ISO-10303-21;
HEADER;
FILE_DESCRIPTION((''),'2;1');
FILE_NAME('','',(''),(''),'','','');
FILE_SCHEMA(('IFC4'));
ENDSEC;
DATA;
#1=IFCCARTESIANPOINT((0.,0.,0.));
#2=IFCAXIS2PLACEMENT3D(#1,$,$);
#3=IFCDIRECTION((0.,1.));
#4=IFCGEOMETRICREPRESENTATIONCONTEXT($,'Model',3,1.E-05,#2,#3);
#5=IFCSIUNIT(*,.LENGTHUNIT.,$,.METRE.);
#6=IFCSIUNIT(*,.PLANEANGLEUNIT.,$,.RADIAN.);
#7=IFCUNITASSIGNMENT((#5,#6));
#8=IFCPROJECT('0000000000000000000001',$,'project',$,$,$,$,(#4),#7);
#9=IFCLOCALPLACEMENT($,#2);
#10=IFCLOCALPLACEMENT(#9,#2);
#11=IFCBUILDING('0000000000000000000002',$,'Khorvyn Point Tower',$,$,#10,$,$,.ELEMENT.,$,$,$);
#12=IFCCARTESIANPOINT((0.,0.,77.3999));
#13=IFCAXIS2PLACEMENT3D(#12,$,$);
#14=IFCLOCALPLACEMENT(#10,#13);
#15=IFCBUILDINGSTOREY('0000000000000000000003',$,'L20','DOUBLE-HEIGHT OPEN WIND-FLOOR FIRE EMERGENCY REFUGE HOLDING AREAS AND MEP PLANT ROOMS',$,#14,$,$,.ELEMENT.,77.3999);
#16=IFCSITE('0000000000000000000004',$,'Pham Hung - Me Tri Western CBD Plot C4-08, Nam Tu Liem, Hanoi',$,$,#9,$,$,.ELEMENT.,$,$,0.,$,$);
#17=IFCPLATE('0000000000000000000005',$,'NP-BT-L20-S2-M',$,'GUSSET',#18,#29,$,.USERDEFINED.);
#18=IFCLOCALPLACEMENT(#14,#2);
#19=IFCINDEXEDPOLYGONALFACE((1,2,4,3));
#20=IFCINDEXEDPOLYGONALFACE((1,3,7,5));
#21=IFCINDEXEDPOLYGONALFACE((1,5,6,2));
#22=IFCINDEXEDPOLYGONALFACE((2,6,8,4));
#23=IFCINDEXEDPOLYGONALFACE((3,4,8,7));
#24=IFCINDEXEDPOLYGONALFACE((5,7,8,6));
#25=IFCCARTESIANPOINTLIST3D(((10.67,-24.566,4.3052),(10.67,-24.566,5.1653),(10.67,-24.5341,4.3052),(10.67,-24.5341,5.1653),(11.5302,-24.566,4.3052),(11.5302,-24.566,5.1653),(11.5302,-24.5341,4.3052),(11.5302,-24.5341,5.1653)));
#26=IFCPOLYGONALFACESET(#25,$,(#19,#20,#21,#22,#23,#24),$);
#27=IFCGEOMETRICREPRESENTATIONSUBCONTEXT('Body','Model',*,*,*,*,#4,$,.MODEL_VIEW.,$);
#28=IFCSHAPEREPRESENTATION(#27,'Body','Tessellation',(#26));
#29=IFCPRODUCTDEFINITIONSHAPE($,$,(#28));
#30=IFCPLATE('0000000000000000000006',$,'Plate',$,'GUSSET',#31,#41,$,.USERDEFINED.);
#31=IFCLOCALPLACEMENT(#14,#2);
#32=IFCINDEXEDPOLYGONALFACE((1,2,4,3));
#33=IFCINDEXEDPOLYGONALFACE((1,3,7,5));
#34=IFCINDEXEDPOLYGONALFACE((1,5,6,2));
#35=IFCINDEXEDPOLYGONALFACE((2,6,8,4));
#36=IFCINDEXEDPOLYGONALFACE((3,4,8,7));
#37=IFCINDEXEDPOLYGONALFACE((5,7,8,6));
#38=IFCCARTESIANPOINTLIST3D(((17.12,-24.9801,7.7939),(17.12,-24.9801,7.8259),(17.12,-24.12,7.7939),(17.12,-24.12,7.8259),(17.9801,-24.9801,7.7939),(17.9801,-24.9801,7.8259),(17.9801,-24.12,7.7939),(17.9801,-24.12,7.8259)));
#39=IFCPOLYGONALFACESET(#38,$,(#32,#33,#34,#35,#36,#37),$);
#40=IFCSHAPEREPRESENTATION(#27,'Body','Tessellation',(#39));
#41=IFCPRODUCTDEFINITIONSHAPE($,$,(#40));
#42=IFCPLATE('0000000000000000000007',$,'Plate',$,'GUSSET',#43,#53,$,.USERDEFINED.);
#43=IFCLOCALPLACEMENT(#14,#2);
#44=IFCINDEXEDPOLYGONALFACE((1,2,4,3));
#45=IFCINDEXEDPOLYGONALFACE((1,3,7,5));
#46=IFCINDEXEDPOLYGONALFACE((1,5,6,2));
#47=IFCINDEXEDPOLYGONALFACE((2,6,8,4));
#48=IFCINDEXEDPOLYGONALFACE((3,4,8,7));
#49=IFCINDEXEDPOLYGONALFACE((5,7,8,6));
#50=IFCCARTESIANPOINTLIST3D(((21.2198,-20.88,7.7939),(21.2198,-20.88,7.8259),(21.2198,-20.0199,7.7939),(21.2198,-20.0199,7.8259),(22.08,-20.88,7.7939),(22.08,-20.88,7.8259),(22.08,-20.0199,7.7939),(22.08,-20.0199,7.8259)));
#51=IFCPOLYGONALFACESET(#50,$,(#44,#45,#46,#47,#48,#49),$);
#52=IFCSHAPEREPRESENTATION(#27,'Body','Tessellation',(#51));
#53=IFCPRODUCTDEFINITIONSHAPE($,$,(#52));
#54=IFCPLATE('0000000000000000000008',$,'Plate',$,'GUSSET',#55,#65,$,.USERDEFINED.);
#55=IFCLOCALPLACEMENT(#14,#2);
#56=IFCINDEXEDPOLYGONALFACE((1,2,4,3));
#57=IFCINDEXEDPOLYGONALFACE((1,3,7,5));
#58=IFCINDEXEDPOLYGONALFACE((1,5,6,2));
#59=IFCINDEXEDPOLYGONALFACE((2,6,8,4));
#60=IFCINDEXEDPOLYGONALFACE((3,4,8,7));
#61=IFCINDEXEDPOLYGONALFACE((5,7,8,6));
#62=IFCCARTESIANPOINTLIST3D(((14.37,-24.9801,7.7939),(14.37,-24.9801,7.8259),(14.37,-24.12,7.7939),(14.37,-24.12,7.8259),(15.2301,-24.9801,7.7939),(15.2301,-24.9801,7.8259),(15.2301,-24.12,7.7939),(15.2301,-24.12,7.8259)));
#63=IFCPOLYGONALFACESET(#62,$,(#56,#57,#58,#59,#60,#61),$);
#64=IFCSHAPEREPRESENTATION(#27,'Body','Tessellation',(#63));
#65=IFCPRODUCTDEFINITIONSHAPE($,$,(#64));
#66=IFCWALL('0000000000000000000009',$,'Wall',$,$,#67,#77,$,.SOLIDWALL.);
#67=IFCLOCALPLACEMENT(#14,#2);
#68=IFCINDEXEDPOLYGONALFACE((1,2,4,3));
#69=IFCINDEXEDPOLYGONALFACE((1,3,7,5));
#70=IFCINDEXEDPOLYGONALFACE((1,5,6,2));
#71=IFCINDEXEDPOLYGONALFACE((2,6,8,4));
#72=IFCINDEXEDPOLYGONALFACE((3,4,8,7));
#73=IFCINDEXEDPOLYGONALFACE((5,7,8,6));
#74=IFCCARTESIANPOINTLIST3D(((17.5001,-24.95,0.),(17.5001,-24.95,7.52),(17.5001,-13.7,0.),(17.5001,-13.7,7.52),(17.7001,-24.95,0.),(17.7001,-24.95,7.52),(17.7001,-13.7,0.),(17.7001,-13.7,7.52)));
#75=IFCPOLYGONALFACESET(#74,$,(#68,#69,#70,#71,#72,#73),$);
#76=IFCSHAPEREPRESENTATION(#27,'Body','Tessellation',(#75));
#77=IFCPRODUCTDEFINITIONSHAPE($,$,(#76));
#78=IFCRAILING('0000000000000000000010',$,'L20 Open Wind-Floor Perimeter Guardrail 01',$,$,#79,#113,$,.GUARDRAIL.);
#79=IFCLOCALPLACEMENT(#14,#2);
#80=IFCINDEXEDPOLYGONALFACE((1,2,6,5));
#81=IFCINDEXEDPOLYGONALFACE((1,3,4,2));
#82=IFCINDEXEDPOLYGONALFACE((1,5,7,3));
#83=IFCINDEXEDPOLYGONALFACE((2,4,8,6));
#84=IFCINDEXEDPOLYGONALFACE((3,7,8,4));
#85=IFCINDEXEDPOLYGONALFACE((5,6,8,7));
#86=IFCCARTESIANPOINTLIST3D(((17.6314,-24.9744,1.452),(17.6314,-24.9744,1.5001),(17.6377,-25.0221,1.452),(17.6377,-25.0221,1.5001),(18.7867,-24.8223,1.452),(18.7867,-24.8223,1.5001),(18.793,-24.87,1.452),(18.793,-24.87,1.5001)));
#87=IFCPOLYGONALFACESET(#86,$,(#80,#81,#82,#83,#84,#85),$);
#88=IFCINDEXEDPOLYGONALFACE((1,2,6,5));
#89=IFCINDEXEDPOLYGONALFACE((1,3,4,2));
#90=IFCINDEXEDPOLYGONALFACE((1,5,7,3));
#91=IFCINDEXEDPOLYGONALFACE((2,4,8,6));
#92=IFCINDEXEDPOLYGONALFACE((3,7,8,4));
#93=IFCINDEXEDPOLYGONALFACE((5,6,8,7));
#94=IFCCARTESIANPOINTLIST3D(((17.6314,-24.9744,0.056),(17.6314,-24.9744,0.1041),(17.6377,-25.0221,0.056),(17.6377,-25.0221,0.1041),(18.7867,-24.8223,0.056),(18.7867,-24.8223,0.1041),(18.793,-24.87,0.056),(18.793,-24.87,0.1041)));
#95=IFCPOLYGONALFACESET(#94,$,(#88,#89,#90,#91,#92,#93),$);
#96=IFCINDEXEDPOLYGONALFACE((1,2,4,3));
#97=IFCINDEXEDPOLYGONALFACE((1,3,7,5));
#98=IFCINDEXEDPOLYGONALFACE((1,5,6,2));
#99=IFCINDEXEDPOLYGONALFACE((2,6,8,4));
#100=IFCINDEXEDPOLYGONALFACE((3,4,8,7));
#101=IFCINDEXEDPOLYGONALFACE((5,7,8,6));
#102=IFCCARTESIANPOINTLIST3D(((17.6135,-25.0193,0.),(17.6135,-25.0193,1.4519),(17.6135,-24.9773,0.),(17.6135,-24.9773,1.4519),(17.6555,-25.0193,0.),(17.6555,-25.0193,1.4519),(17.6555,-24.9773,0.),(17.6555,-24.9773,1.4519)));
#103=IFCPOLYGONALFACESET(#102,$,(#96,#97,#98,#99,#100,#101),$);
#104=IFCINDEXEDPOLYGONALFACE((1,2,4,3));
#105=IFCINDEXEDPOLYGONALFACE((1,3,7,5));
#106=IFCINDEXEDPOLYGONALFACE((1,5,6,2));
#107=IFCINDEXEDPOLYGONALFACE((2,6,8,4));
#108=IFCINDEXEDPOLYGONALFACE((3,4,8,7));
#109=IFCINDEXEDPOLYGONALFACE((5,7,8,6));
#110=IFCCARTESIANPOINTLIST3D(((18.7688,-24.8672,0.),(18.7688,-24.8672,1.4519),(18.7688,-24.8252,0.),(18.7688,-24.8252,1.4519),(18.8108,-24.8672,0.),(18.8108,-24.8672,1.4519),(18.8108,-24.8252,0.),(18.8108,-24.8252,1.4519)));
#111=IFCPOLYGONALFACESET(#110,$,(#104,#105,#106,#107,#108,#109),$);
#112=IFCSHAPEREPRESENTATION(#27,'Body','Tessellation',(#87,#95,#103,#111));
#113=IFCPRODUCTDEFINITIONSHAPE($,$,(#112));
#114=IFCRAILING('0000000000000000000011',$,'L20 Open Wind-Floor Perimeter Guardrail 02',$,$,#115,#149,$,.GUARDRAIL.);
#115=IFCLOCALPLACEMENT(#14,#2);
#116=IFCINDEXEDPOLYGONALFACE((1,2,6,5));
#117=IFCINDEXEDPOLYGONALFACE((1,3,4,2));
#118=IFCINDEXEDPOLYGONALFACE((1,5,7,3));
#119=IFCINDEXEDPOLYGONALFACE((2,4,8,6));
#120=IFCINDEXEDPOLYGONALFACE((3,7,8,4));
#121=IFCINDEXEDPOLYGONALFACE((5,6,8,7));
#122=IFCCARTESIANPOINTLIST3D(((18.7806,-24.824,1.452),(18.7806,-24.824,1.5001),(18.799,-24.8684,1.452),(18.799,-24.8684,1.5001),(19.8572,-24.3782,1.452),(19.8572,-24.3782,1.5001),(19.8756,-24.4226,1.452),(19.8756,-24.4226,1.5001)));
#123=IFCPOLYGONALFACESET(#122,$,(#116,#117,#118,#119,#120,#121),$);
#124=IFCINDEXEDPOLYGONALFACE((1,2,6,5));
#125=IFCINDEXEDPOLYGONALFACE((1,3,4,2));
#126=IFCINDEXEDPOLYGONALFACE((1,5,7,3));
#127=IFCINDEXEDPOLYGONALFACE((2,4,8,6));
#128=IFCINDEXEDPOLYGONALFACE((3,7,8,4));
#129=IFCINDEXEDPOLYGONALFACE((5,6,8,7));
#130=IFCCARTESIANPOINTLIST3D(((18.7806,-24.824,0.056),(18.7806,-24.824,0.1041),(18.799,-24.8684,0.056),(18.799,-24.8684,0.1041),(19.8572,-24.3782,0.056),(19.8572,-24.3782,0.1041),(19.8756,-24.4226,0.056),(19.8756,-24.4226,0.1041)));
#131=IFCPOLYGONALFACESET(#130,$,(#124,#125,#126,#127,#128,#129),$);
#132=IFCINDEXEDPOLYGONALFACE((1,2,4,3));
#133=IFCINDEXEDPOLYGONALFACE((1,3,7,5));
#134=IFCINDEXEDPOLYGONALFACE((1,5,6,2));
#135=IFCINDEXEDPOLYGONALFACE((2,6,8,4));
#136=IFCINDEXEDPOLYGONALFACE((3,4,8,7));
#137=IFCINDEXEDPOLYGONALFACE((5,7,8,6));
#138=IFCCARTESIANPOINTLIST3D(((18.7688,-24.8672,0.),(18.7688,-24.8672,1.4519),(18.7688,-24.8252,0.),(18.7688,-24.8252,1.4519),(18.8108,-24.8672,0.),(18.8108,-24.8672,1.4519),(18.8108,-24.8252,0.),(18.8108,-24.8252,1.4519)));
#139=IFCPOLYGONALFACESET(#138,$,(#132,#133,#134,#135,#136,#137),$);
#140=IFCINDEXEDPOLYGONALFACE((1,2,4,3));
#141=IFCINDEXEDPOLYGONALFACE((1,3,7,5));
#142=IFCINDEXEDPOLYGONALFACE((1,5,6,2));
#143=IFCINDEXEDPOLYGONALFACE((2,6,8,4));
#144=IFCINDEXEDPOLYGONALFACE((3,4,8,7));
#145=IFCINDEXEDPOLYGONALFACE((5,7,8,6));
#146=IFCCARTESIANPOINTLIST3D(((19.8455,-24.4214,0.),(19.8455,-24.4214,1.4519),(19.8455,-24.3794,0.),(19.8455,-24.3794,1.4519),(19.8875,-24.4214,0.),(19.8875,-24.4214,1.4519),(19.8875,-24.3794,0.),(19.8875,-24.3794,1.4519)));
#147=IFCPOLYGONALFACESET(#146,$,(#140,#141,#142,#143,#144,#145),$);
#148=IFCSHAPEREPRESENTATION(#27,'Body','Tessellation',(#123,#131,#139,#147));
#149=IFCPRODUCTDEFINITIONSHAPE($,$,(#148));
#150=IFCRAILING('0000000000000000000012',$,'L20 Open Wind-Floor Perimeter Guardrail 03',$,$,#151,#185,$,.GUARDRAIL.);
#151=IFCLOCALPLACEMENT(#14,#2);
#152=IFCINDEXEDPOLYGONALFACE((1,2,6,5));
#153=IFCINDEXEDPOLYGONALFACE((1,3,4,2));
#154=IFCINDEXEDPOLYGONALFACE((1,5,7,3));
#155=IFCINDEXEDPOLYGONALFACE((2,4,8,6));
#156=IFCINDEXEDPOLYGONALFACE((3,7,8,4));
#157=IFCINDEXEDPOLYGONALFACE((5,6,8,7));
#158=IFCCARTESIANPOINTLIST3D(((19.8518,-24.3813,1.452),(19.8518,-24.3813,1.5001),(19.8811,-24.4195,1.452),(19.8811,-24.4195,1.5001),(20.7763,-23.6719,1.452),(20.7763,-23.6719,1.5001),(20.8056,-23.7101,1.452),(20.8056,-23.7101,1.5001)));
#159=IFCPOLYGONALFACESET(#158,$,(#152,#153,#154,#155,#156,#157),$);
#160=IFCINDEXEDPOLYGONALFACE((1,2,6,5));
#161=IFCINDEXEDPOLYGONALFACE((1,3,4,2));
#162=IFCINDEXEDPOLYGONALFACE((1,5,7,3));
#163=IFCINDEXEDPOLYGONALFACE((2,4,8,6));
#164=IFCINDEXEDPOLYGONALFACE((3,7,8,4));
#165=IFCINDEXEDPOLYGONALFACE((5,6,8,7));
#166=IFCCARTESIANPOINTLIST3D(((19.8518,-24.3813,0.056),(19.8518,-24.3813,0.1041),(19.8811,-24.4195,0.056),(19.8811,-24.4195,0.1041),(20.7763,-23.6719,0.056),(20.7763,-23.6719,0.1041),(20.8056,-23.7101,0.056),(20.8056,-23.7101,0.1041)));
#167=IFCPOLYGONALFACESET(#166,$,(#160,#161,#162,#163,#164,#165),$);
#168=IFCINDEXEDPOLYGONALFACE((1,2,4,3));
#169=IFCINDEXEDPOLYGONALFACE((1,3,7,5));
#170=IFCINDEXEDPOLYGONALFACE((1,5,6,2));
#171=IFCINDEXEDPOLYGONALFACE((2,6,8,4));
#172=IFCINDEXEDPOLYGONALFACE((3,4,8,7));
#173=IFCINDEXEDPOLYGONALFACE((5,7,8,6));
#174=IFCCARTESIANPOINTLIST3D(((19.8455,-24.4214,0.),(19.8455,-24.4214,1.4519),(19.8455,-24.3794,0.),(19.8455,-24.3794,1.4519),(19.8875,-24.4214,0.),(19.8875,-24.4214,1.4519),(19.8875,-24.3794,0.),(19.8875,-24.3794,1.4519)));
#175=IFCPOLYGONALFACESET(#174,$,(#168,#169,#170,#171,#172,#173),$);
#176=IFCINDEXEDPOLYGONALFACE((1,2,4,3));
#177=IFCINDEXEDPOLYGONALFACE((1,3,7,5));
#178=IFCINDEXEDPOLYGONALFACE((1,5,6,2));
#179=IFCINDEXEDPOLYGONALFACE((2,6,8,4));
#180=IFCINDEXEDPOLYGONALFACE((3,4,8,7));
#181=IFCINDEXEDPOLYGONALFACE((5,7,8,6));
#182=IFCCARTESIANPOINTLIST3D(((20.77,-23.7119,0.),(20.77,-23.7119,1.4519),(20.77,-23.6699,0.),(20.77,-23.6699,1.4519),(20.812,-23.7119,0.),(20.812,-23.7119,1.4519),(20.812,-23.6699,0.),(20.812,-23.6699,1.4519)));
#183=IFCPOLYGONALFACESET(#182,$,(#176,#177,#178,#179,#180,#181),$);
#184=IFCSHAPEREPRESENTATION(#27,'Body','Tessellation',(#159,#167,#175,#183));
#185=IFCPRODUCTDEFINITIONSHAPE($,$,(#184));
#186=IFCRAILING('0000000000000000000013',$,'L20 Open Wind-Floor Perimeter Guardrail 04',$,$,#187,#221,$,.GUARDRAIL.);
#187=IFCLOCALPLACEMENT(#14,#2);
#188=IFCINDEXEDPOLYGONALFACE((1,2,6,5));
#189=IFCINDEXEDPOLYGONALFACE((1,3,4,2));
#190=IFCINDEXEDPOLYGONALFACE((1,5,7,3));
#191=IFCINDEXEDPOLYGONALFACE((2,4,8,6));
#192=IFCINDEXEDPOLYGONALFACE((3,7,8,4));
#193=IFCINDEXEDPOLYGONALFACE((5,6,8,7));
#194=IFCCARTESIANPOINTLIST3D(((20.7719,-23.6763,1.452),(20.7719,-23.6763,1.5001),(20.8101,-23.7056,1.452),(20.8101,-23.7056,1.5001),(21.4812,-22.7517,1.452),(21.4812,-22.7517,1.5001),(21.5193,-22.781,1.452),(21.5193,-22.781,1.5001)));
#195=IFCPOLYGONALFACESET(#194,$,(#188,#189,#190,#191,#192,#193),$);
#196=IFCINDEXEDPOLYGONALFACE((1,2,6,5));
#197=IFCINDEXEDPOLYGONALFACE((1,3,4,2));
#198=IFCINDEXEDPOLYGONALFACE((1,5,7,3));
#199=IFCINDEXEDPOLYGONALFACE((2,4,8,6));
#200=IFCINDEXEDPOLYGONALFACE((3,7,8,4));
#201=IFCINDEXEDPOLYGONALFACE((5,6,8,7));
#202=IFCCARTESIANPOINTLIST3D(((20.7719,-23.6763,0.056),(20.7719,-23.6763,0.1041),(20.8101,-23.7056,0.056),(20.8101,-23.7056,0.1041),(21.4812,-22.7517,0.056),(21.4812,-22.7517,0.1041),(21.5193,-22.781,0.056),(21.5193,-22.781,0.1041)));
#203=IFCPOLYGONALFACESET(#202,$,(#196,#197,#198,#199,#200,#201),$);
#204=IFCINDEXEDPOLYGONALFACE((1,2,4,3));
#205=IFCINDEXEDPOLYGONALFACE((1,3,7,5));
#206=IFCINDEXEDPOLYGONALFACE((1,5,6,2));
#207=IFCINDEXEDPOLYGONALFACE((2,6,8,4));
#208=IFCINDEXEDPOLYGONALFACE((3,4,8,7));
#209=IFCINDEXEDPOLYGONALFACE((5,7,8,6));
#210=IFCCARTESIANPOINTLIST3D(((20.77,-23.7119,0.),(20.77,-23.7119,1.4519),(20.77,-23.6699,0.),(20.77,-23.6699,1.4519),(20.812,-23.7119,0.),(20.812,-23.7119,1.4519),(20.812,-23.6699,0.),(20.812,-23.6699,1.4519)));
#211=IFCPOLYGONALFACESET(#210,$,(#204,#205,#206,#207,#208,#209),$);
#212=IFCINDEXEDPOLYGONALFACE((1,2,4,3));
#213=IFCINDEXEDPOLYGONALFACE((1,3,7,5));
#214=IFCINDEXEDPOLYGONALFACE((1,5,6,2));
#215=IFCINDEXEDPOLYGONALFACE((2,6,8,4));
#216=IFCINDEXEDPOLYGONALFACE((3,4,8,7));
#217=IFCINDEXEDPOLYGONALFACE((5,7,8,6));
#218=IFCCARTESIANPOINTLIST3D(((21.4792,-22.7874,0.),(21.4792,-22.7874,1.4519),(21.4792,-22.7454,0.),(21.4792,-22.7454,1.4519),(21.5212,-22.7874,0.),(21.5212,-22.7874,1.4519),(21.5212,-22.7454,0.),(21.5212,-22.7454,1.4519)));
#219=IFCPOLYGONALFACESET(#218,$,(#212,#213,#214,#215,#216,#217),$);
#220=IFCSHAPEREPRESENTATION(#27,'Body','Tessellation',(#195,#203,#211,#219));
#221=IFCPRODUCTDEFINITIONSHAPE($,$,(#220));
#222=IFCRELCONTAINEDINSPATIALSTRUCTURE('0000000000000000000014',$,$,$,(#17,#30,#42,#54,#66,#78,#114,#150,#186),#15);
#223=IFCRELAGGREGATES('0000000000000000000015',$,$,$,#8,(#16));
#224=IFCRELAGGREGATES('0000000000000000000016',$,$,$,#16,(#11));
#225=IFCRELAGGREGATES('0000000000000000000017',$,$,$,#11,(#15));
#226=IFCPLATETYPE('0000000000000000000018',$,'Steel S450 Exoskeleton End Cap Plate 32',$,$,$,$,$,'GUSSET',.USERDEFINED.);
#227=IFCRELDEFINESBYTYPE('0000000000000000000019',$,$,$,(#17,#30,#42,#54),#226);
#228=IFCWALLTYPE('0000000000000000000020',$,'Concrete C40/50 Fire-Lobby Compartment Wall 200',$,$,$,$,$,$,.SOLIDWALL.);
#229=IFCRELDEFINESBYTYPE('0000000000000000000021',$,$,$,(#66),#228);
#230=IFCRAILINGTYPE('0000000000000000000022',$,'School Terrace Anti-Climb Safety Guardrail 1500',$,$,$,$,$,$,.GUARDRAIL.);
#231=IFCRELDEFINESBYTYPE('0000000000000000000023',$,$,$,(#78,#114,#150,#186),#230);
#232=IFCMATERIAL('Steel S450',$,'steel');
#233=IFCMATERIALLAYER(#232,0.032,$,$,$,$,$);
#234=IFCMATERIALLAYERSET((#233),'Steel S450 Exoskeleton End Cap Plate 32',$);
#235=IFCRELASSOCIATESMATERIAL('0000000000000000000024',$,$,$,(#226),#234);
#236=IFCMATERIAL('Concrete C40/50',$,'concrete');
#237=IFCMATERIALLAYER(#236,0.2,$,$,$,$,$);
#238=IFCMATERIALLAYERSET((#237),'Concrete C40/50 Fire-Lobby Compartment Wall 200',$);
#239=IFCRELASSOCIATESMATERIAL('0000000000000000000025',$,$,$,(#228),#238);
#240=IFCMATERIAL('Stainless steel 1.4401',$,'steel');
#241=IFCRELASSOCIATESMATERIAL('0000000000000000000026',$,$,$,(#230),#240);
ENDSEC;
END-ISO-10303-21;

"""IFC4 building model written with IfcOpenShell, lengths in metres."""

from ifc_helpers import new_model, si_unit, direction, frame, frame_2d, origin, origin_2d, place, context, subcontext, project, spatial, rectangle, extrude, material, layer, layer_set, type_object, element, save


model = new_model("IFC4")

# Units and contexts
model_context = context("Model", 3, precision=1e-05, world=origin(), true_north=direction((0.0, 1.0)))
body_context = subcontext(model_context, "Body", "Model", "MODEL_VIEW")
ifc_project = project(units=[si_unit("LENGTHUNIT", "METRE"), si_unit("PLANEANGLEUNIT", "RADIAN")], contexts=[model_context])

# Site, building, storey
site_placement = place(None, origin())
site = spatial("IfcSite", under=ifc_project, at=site_placement, Name="Pham Hung - Me Tri Western CBD Plot C4-08, Nam Tu Liem, Hanoi", CompositionType="ELEMENT", RefElevation=0.0)
building_placement = place(site_placement, origin())
building = spatial("IfcBuilding", under=site, at=building_placement, Name="Khorvyn Point Tower", CompositionType="ELEMENT")
storey_placement = place(building_placement, frame((0.0, 0.0, 77.3999)))
storey = spatial("IfcBuildingStorey", under=building, at=storey_placement, Name="L20", Description="DOUBLE-HEIGHT OPEN WIND-FLOOR FIRE EMERGENCY REFUGE HOLDING AREAS AND MEP PLANT ROOMS", CompositionType="ELEMENT", Elevation=77.3999)

# Shared definitions
ifc_material_1 = material(Name="Steel S450", Category="steel")

# Plates
ifc_layer_1 = layer(ifc_material_1, 0.032)
ifc_layer_set_1 = layer_set([ifc_layer_1], Name="Steel S450 Exoskeleton End Cap Plate 32")
plate_type = type_object("IfcPlateType", Name="Steel S450 Exoskeleton End Cap Plate 32", ElementType="GUSSET", PredefinedType="USERDEFINED", material=ifc_layer_set_1)
plate_placement = place(storey_placement, frame((11.1001, -24.55, 4.3052), z_axis=(0.0, 0.0, 1.0), x_axis=(1.0, 0.0, 0.0)))
element("IfcPlate", 1, at=plate_placement, inside=storey, type_object=plate_type, Name="NP-BT-L20-S2-M", ObjectType="GUSSET", PredefinedType="USERDEFINED", context=body_context, shape_type="SweptSolid", body=[
    extrude(rectangle(XDim=0.8601, YDim=0.032, at=origin_2d()), origin(), (0.0, 0.0, 1.0), 0.8601),
])
for number, where, z_axis, x_axis, name in (
    (2, (17.55, -24.55, 7.7939), (0.0, 0.0, 1.0), (1.0, 0.0, 0.0), "Plate"),
    (3, (21.6499, -20.45, 7.7939), (0.0, 0.0, 1.0), (1.0, 0.0, 0.0), "Plate"),
    (4, (14.8, -24.55, 7.7939), (0.0, 0.0, 1.0), (1.0, 0.0, 0.0), "Plate"),
):
    element("IfcPlate", number, at=place(storey_placement, frame(where, z_axis=z_axis, x_axis=x_axis)), inside=storey, type_object=plate_type, Name=name, ObjectType="GUSSET", PredefinedType="USERDEFINED", context=body_context, shape_type="SweptSolid", body=[
        extrude(rectangle(XDim=0.8601, YDim=0.8601, at=origin_2d()), origin(), (0.0, 0.0, 1.0), 0.032),
    ])

# Wall
ifc_material_2 = material(Name="Concrete C40/50", Category="concrete")
ifc_layer_2 = layer(ifc_material_2, 0.2)
ifc_layer_set_2 = layer_set([ifc_layer_2], Name="Concrete C40/50 Fire-Lobby Compartment Wall 200")
wall_type = type_object("IfcWallType", Name="Concrete C40/50 Fire-Lobby Compartment Wall 200", PredefinedType="SOLIDWALL", material=ifc_layer_set_2)
wall_placement = place(storey_placement, frame((17.6001, -24.95, 0.0), z_axis=(0.0, 0.0, 1.0), x_axis=(0.0, 1.0, 0.0)))
element("IfcWall", 5, at=wall_placement, inside=storey, type_object=wall_type, Name="Wall", PredefinedType="SOLIDWALL", context=body_context, shape_type="SweptSolid", body=[
    extrude(rectangle(XDim=11.25, YDim=0.2, at=frame_2d((5.625, 0.0))), origin(), (0.0, 0.0, 1.0), 7.52),
])

# Railings
ifc_material_3 = material(Name="Stainless steel 1.4401", Category="steel")
railing_type = type_object("IfcRailingType", Name="School Terrace Anti-Climb Safety Guardrail 1500", PredefinedType="GUARDRAIL", material=ifc_material_3)
railing_1_placement = place(storey_placement, frame((17.6345, -24.9983, 0.0)))
element("IfcRailing", 6, at=railing_1_placement, inside=storey, type_object=railing_type, Name="L20 Open Wind-Floor Perimeter Guardrail 01", PredefinedType="GUARDRAIL", context=body_context, shape_type="SweptSolid", body=[
    extrude(rectangle(XDim=0.0481, YDim=0.0481, at=origin_2d()), frame((0.0, 0.0, 1.4761), z_axis=(0.991444, 0.13053, 0.0), x_axis=(-0.13053, 0.991444, 0.0)), (0.0, 0.0, 1.0), 1.1653),
    extrude(rectangle(XDim=0.0481, YDim=0.0481, at=origin_2d()), frame((0.0, 0.0, 0.0801), z_axis=(0.991444, 0.13053, 0.0), x_axis=(-0.13053, 0.991444, 0.0)), (0.0, 0.0, 1.0), 1.1653),
    extrude(rectangle(XDim=0.042, YDim=0.042, at=origin_2d()), origin(), (0.0, 0.0, 1.0), 1.4519),
    extrude(rectangle(XDim=0.042, YDim=0.042, at=origin_2d()), frame((1.1553, 0.1521, 0.0)), (0.0, 0.0, 1.0), 1.4519),
])
railing_2_placement = place(storey_placement, frame((18.7898, -24.8462, 0.0)))
element("IfcRailing", 7, at=railing_2_placement, inside=storey, type_object=railing_type, Name="L20 Open Wind-Floor Perimeter Guardrail 02", PredefinedType="GUARDRAIL", context=body_context, shape_type="SweptSolid", body=[
    extrude(rectangle(XDim=0.0481, YDim=0.0481, at=origin_2d()), frame((0.0, 0.0, 1.4761), z_axis=(0.92393, 0.382562, 0.0), x_axis=(-0.382562, 0.92393, 0.0)), (0.0, 0.0, 1.0), 1.1653),
    extrude(rectangle(XDim=0.0481, YDim=0.0481, at=origin_2d()), frame((0.0, 0.0, 0.0801), z_axis=(0.92393, 0.382562, 0.0), x_axis=(-0.382562, 0.92393, 0.0)), (0.0, 0.0, 1.0), 1.1653),
    extrude(rectangle(XDim=0.042, YDim=0.042, at=origin_2d()), origin(), (0.0, 0.0, 1.0), 1.4519),
    extrude(rectangle(XDim=0.042, YDim=0.042, at=origin_2d()), frame((1.0767, 0.4458, 0.0)), (0.0, 0.0, 1.0), 1.4519),
])
railing_3_placement = place(storey_placement, frame((19.8665, -24.4004, 0.0)))
element("IfcRailing", 8, at=railing_3_placement, inside=storey, type_object=railing_type, Name="L20 Open Wind-Floor Perimeter Guardrail 03", PredefinedType="GUARDRAIL", context=body_context, shape_type="SweptSolid", body=[
    extrude(rectangle(XDim=0.0481, YDim=0.0481, at=origin_2d()), frame((0.0, 0.0, 1.4761), z_axis=(0.79334, 0.608779, 0.0), x_axis=(-0.608779, 0.79334, 0.0)), (0.0, 0.0, 1.0), 1.1653),
    extrude(rectangle(XDim=0.0481, YDim=0.0481, at=origin_2d()), frame((0.0, 0.0, 0.0801), z_axis=(0.79334, 0.608779, 0.0), x_axis=(-0.608779, 0.79334, 0.0)), (0.0, 0.0, 1.0), 1.1653),
    extrude(rectangle(XDim=0.042, YDim=0.042, at=origin_2d()), origin(), (0.0, 0.0, 1.0), 1.4519),
    extrude(rectangle(XDim=0.042, YDim=0.042, at=origin_2d()), frame((0.9246, 0.7095, 0.0)), (0.0, 0.0, 1.0), 1.4519),
])
railing_4_placement = place(storey_placement, frame((20.791, -23.6909, 0.0)))
element("IfcRailing", 9, at=railing_4_placement, inside=storey, type_object=railing_type, Name="L20 Open Wind-Floor Perimeter Guardrail 04", PredefinedType="GUARDRAIL", context=body_context, shape_type="SweptSolid", body=[
    extrude(rectangle(XDim=0.0481, YDim=0.0481, at=origin_2d()), frame((0.0, 0.0, 1.4761), z_axis=(0.608647, 0.793441, 0.0), x_axis=(-0.793441, 0.608647, 0.0)), (0.0, 0.0, 1.0), 1.1653),
    extrude(rectangle(XDim=0.0481, YDim=0.0481, at=origin_2d()), frame((0.0, 0.0, 0.0801), z_axis=(0.608647, 0.793441, 0.0), x_axis=(-0.793441, 0.608647, 0.0)), (0.0, 0.0, 1.0), 1.1653),
    extrude(rectangle(XDim=0.042, YDim=0.042, at=origin_2d()), origin(), (0.0, 0.0, 1.0), 1.4519),
    extrude(rectangle(XDim=0.042, YDim=0.042, at=origin_2d()), frame((0.7092, 0.9246, 0.0)), (0.0, 0.0, 1.0), 1.4519),
])

save(model, "model.ifc")
